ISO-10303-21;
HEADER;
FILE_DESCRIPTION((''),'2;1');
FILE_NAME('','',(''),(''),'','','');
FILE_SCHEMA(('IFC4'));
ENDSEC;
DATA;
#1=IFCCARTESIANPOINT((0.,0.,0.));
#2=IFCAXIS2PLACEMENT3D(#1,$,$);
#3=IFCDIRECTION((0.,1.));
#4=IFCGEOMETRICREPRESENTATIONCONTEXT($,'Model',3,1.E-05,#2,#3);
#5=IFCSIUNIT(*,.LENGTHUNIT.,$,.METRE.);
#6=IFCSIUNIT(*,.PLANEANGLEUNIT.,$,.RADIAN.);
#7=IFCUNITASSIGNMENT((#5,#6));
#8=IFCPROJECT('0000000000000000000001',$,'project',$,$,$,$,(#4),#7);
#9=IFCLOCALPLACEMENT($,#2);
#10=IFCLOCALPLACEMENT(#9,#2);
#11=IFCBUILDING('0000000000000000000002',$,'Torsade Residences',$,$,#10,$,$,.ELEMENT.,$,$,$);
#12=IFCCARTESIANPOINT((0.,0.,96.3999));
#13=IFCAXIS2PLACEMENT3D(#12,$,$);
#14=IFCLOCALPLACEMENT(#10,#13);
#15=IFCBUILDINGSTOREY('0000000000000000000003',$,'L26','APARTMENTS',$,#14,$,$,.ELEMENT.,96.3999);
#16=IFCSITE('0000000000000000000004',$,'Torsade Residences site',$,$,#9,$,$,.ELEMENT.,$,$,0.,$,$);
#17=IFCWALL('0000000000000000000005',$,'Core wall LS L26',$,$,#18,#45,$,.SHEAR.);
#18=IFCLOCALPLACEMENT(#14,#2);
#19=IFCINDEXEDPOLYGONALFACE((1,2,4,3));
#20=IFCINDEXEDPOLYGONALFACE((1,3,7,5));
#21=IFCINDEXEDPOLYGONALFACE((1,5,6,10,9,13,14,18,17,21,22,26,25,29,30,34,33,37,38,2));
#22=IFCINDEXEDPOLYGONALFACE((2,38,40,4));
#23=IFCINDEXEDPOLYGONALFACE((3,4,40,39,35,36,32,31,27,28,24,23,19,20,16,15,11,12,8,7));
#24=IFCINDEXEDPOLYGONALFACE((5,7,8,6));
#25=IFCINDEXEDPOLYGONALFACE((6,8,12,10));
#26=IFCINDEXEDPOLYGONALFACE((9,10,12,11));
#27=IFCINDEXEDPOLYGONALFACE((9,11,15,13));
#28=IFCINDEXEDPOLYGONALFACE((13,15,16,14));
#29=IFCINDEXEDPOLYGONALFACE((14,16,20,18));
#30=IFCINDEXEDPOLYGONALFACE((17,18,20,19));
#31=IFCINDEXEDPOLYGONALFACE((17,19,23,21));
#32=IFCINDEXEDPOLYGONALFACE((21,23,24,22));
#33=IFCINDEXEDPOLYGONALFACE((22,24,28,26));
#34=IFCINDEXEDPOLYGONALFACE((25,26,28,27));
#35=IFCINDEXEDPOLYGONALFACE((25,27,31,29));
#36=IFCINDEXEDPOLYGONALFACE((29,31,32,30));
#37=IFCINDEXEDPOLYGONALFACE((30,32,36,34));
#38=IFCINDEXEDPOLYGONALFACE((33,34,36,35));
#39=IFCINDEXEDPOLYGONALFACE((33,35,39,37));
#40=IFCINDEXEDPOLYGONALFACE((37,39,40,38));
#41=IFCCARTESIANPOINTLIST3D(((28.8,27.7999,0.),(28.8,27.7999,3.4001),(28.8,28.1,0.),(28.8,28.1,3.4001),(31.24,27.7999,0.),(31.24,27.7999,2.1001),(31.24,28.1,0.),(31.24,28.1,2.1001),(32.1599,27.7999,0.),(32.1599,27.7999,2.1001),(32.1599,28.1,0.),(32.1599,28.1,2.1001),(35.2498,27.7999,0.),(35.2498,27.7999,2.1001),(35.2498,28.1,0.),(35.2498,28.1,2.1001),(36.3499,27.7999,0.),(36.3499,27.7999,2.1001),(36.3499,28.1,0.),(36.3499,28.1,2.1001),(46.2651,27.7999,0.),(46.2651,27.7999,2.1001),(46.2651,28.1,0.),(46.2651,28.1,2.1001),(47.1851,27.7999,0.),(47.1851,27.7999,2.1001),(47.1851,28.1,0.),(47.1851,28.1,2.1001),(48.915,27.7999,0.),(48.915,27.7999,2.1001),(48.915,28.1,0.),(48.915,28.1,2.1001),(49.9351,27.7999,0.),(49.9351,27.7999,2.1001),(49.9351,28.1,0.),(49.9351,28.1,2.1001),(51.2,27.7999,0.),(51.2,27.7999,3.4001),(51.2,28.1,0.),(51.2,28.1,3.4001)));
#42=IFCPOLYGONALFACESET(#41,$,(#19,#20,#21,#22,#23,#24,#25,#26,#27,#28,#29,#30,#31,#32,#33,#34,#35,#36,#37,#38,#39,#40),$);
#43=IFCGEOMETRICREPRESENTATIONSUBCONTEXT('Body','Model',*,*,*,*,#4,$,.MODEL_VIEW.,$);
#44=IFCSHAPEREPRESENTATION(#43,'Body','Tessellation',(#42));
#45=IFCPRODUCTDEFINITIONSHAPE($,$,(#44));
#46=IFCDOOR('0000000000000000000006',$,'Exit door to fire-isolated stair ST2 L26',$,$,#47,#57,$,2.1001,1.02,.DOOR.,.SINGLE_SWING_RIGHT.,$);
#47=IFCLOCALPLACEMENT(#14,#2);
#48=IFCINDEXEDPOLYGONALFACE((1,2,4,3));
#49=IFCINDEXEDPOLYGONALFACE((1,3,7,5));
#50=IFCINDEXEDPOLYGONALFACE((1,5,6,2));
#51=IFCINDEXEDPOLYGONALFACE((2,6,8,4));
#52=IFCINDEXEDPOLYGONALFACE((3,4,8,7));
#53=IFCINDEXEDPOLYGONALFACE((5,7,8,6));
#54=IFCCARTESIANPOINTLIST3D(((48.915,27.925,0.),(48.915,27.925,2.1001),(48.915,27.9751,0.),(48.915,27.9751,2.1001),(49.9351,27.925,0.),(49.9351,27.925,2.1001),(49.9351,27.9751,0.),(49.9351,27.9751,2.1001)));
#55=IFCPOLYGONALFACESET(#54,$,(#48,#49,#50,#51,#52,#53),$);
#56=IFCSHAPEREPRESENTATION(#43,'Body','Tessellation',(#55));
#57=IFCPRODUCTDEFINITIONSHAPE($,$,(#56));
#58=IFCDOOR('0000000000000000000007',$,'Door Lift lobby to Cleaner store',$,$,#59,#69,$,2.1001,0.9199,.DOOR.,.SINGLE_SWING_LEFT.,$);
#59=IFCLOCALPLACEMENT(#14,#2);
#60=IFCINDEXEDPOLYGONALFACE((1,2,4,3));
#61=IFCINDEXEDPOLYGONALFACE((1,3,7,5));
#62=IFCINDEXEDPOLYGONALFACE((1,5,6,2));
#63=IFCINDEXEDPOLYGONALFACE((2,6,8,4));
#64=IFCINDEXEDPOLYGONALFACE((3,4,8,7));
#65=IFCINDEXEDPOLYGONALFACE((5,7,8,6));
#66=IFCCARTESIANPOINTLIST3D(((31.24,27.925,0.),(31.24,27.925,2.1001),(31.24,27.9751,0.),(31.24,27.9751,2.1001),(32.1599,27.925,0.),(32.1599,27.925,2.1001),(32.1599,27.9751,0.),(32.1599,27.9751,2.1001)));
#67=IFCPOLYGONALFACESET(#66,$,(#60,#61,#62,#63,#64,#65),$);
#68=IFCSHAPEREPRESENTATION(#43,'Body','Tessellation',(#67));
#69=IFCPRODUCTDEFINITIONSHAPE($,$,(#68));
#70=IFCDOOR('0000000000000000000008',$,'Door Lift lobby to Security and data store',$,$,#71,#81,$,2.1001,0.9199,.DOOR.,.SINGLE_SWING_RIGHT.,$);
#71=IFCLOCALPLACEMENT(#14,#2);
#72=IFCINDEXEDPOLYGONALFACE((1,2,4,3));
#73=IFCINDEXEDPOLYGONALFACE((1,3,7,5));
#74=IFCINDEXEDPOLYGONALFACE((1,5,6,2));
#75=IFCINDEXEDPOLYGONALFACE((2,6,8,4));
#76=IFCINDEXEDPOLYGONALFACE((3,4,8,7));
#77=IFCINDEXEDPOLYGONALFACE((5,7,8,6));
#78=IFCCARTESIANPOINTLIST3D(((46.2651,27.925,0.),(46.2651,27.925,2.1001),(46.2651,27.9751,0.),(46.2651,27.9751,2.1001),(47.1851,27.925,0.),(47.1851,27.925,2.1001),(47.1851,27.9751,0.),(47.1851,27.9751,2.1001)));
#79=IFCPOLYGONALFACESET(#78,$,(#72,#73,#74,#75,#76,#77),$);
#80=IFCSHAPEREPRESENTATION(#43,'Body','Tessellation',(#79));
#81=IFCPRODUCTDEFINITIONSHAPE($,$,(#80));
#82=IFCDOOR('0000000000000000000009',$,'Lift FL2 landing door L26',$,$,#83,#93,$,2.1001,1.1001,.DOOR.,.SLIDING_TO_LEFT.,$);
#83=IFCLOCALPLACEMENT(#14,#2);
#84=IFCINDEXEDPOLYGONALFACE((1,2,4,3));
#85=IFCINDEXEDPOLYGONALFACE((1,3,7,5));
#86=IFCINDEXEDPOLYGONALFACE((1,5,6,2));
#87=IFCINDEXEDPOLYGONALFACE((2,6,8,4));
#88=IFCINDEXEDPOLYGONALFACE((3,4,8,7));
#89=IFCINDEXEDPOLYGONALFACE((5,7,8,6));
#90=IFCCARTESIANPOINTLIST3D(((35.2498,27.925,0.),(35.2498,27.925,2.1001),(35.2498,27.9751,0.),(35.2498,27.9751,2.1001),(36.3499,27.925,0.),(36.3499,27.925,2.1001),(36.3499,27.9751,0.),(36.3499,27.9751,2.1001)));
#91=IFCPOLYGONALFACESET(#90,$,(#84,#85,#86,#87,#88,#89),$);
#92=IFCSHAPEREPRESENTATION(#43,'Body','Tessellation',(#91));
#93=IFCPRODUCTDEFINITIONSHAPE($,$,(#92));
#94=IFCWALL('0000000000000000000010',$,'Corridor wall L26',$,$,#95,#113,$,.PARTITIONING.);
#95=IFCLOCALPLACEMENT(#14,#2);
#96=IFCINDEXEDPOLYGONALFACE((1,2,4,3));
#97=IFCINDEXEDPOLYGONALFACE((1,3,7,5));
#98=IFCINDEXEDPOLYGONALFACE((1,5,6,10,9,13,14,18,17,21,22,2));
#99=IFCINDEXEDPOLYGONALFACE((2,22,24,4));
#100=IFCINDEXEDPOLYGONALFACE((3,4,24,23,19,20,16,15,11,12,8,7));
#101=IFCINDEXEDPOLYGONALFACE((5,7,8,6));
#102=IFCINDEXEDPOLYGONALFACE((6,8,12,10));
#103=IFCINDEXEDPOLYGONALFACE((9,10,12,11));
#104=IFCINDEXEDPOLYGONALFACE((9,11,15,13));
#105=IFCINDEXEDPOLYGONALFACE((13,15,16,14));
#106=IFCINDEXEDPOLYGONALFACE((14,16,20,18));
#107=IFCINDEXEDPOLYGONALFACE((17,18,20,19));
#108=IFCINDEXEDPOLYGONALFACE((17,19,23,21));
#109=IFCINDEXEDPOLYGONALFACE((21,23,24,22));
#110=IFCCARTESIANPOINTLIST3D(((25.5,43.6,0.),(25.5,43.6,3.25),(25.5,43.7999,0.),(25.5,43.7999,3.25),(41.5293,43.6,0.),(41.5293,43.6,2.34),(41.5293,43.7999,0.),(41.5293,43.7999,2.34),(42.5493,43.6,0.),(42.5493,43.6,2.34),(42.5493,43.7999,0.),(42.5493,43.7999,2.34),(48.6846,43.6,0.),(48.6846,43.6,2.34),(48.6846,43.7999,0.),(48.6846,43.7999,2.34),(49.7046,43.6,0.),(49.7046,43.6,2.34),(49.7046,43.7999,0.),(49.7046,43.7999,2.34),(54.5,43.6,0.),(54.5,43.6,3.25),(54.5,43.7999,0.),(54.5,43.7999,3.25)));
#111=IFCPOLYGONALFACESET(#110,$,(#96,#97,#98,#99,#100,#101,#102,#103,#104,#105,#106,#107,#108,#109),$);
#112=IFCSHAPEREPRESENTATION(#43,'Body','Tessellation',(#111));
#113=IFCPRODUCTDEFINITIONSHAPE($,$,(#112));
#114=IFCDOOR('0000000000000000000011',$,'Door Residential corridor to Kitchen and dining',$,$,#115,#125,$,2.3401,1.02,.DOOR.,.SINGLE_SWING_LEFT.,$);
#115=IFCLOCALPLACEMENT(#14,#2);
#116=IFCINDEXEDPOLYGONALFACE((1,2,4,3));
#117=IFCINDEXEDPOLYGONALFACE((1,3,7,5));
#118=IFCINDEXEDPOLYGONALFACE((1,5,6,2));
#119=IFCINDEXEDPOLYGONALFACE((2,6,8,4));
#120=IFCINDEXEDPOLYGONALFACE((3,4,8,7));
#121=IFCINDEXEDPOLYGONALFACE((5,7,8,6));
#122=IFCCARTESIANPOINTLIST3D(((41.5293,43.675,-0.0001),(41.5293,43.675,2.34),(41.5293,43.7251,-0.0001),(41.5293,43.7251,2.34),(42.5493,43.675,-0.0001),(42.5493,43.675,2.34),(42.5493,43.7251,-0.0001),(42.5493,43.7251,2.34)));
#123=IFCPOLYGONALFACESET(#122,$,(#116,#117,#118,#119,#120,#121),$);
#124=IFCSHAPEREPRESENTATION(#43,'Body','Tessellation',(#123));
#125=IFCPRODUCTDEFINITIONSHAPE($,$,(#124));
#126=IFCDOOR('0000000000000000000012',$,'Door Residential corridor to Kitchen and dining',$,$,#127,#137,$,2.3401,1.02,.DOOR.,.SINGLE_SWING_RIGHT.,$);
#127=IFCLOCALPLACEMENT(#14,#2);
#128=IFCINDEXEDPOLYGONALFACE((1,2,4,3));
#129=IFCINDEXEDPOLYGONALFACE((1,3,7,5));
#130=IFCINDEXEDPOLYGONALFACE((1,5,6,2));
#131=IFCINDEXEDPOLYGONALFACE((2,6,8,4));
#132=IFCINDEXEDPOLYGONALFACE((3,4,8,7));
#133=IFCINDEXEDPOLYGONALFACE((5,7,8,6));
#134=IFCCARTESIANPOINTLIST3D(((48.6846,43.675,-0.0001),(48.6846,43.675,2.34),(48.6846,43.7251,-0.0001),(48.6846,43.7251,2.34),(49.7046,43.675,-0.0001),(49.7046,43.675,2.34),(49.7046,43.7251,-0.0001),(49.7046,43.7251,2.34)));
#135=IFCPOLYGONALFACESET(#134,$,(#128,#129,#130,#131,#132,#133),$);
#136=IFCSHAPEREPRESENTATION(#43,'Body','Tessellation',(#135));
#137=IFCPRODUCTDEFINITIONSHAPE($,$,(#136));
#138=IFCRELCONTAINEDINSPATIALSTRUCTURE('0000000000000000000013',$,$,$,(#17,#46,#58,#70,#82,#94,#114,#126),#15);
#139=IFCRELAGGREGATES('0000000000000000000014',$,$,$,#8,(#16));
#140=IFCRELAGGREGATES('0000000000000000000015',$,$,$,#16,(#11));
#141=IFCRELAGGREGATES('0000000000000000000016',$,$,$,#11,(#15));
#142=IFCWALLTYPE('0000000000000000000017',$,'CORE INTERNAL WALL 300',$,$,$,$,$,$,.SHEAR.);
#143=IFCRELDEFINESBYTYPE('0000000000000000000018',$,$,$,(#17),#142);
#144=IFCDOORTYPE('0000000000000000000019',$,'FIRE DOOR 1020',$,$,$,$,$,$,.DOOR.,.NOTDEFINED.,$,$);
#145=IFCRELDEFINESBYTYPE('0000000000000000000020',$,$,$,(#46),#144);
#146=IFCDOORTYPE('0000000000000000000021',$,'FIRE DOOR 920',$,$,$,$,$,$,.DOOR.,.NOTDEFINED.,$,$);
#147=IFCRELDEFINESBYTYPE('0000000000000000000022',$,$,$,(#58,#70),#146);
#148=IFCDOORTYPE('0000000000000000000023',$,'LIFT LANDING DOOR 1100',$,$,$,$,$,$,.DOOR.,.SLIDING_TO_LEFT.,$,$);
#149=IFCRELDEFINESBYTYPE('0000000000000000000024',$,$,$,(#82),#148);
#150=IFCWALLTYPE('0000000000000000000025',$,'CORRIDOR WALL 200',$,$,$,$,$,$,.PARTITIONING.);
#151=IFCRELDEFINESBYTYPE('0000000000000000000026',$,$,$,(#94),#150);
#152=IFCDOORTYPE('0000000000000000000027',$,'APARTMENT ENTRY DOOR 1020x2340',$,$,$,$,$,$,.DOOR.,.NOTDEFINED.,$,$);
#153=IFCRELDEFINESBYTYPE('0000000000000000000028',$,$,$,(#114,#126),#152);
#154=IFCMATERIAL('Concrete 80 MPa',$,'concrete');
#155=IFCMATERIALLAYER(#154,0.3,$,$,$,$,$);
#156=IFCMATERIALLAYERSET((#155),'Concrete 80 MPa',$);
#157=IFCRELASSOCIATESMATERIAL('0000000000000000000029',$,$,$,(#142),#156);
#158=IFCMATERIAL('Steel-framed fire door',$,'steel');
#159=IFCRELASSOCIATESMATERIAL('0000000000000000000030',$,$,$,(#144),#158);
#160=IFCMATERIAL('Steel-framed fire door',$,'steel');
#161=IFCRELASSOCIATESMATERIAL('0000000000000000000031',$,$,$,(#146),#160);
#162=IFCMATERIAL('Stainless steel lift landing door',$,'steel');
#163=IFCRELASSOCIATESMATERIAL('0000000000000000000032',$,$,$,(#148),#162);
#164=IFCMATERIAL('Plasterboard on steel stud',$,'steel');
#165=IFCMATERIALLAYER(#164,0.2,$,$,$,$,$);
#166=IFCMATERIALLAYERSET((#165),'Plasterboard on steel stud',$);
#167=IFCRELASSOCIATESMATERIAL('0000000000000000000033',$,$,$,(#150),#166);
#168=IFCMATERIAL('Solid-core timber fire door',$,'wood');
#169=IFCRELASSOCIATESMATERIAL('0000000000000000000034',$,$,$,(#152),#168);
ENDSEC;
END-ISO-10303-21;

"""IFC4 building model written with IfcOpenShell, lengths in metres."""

from ifc_helpers import new_model, si_unit, direction, frame, frame_2d, origin, place, context, subcontext, project, spatial, rectangle, extrude, material, layer, layer_set, type_object, element, fill, save


model = new_model("IFC4")

# Units and contexts
model_context = context("Model", 3, precision=1e-05, world=origin(), true_north=direction((0.0, 1.0)))
body_context = subcontext(model_context, "Body", "Model", "MODEL_VIEW")
ifc_project = project(units=[si_unit("LENGTHUNIT", "METRE"), si_unit("PLANEANGLEUNIT", "RADIAN")], contexts=[model_context])

# Site, building, storey
site_placement = place(None, origin())
site = spatial("IfcSite", under=ifc_project, at=site_placement, Name="Torsade Residences site", CompositionType="ELEMENT", RefElevation=0.0)
building_placement = place(site_placement, origin())
building = spatial("IfcBuilding", under=site, at=building_placement, Name="Torsade Residences", CompositionType="ELEMENT")
storey_placement = place(building_placement, frame((0.0, 0.0, 96.3999)))
storey = spatial("IfcBuildingStorey", under=building, at=storey_placement, Name="L26", Description="APARTMENTS", CompositionType="ELEMENT", Elevation=96.3999)

# Walls, openings, doors
ifc_material_1 = material(Name="Concrete 80 MPa", Category="concrete")
ifc_layer_1 = layer(ifc_material_1, 0.3)
ifc_layer_set_1 = layer_set([ifc_layer_1], Name="Concrete 80 MPa")
wall_type_1 = type_object("IfcWallType", Name="CORE INTERNAL WALL 300", PredefinedType="SHEAR", material=ifc_layer_set_1)
wall_1_placement = place(storey_placement, frame((51.2, 27.95, 0.0), z_axis=(0.0, 0.0, 1.0), x_axis=(-1.0, 0.0, 0.0)))
wall_1 = element("IfcWall", 1, at=wall_1_placement, inside=storey, type_object=wall_type_1, Name="Core wall LS L26", PredefinedType="SHEAR", context=body_context, shape_type="SweptSolid", body=[
    extrude(rectangle(XDim=22.3999, YDim=0.3, at=frame_2d((11.2, 0.0))), origin(), (0.0, 0.0, 1.0), 3.4001),
])
opening_1_placement = place(wall_1_placement, frame((19.04, 0.0, 0.0)))
opening_1 = element("IfcOpeningElement", 2, at=opening_1_placement, cuts=wall_1, PredefinedType="OPENING", context=body_context, shape_type="SweptSolid", body=[
    extrude(rectangle(XDim=0.9199, YDim=2.1001, at=frame_2d((0.46, 1.05))), frame((0.0, 0.1599, 0.0), z_axis=(0.0, -1.0, 0.0), x_axis=(1.0, 0.0, 0.0)), (0.0, 0.0, 1.0), 0.3201),
])
opening_2_placement = place(wall_1_placement, frame((1.2649, 0.0, 0.0)))
opening_2 = element("IfcOpeningElement", 3, at=opening_2_placement, cuts=wall_1, PredefinedType="OPENING", context=body_context, shape_type="SweptSolid", body=[
    extrude(rectangle(XDim=1.02, YDim=2.1001, at=frame_2d((0.51, 1.05))), frame((0.0, 0.1599, 0.0), z_axis=(0.0, -1.0, 0.0), x_axis=(1.0, 0.0, 0.0)), (0.0, 0.0, 1.0), 0.3201),
])
opening_3_placement = place(wall_1_placement, frame((4.0149, 0.0, 0.0)))
opening_3 = element("IfcOpeningElement", 4, at=opening_3_placement, cuts=wall_1, PredefinedType="OPENING", context=body_context, shape_type="SweptSolid", body=[
    extrude(rectangle(XDim=0.9199, YDim=2.1001, at=frame_2d((0.46, 1.05))), frame((0.0, 0.1599, 0.0), z_axis=(0.0, -1.0, 0.0), x_axis=(1.0, 0.0, 0.0)), (0.0, 0.0, 1.0), 0.3201),
])
opening_4_placement = place(wall_1_placement, frame((14.8501, 0.0, 0.0)))
opening_4 = element("IfcOpeningElement", 5, at=opening_4_placement, cuts=wall_1, PredefinedType="OPENING", context=body_context, shape_type="SweptSolid", body=[
    extrude(rectangle(XDim=1.1001, YDim=2.1001, at=frame_2d((0.55, 1.05))), frame((0.0, 0.1599, 0.0), z_axis=(0.0, -1.0, 0.0), x_axis=(1.0, 0.0, 0.0)), (0.0, 0.0, 1.0), 0.3201),
])
ifc_material_2 = material(Name="Steel-framed fire door", Category="steel")
door_type_1 = type_object("IfcDoorType", Name="FIRE DOOR 1020", OperationType="NOTDEFINED", PredefinedType="DOOR", material=ifc_material_2)
door_1_placement = place(opening_2_placement, origin())
door_1 = element("IfcDoor", 6, at=door_1_placement, inside=storey, type_object=door_type_1, Name="Exit door to fire-isolated stair ST2 L26", OperationType="SINGLE_SWING_RIGHT", OverallHeight=2.1001, OverallWidth=1.02, PredefinedType="DOOR", context=body_context, shape_type="SweptSolid", body=[
    extrude(rectangle(XDim=1.02, YDim=2.1001, at=frame_2d((0.51, 1.05))), frame((0.0, 0.0249, 0.0), z_axis=(0.0, -1.0, 0.0), x_axis=(1.0, 0.0, 0.0)), (0.0, 0.0, 1.0), 0.05),
])
fill(opening_2, door_1)
ifc_material_3 = material(Name="Steel-framed fire door", Category="steel")
door_type_2 = type_object("IfcDoorType", Name="FIRE DOOR 920", OperationType="NOTDEFINED", PredefinedType="DOOR", material=ifc_material_3)
door_2_placement = place(opening_1_placement, origin())
door_2 = element("IfcDoor", 7, at=door_2_placement, inside=storey, type_object=door_type_2, Name="Door Lift lobby to Cleaner store", OperationType="SINGLE_SWING_LEFT", OverallHeight=2.1001, OverallWidth=0.9199, PredefinedType="DOOR", context=body_context, shape_type="SweptSolid", body=[
    extrude(rectangle(XDim=0.9199, YDim=2.1001, at=frame_2d((0.46, 1.05))), frame((0.0, 0.0249, 0.0), z_axis=(0.0, -1.0, 0.0), x_axis=(1.0, 0.0, 0.0)), (0.0, 0.0, 1.0), 0.05),
])
fill(opening_1, door_2)
door_3_placement = place(opening_3_placement, origin())
door_3 = element("IfcDoor", 8, at=door_3_placement, inside=storey, type_object=door_type_2, Name="Door Lift lobby to Security and data store", OperationType="SINGLE_SWING_RIGHT", OverallHeight=2.1001, OverallWidth=0.9199, PredefinedType="DOOR", context=body_context, shape_type="SweptSolid", body=[
    extrude(rectangle(XDim=0.9199, YDim=2.1001, at=frame_2d((0.46, 1.05))), frame((0.0, 0.0249, 0.0), z_axis=(0.0, -1.0, 0.0), x_axis=(1.0, 0.0, 0.0)), (0.0, 0.0, 1.0), 0.05),
])
fill(opening_3, door_3)
ifc_material_4 = material(Name="Stainless steel lift landing door", Category="steel")
door_type_3 = type_object("IfcDoorType", Name="LIFT LANDING DOOR 1100", OperationType="SLIDING_TO_LEFT", PredefinedType="DOOR", material=ifc_material_4)
door_4_placement = place(opening_4_placement, origin())
door_4 = element("IfcDoor", 9, at=door_4_placement, inside=storey, type_object=door_type_3, Name="Lift FL2 landing door L26", OperationType="SLIDING_TO_LEFT", OverallHeight=2.1001, OverallWidth=1.1001, PredefinedType="DOOR", context=body_context, shape_type="SweptSolid", body=[
    extrude(rectangle(XDim=1.1001, YDim=2.1001, at=frame_2d((0.55, 1.05))), frame((0.0, 0.0249, 0.0), z_axis=(0.0, -1.0, 0.0), x_axis=(1.0, 0.0, 0.0)), (0.0, 0.0, 1.0), 0.05),
])
fill(opening_4, door_4)
ifc_material_5 = material(Name="Plasterboard on steel stud", Category="steel")
ifc_layer_2 = layer(ifc_material_5, 0.2)
ifc_layer_set_2 = layer_set([ifc_layer_2], Name="Plasterboard on steel stud")
wall_type_2 = type_object("IfcWallType", Name="CORRIDOR WALL 200", PredefinedType="PARTITIONING", material=ifc_layer_set_2)
wall_2_placement = place(storey_placement, frame((54.5, 43.7, 0.0), z_axis=(0.0, 0.0, 1.0), x_axis=(-1.0, 0.0, 0.0)))
wall_2 = element("IfcWall", 10, at=wall_2_placement, inside=storey, type_object=wall_type_2, Name="Corridor wall L26", PredefinedType="PARTITIONING", context=body_context, shape_type="SweptSolid", body=[
    extrude(rectangle(XDim=29.0, YDim=0.2, at=frame_2d((14.5, 0.0))), origin(), (0.0, 0.0, 1.0), 3.25),
])
opening_5_placement = place(wall_2_placement, frame((11.9507, 0.0, 0.0)))
opening_5 = element("IfcOpeningElement", 11, at=opening_5_placement, cuts=wall_2, PredefinedType="OPENING", context=body_context, shape_type="SweptSolid", body=[
    extrude(rectangle(XDim=1.02, YDim=2.3401, at=frame_2d((0.51, 1.1699))), frame((0.0, 0.1099, 0.0), z_axis=(0.0, -1.0, 0.0), x_axis=(1.0, 0.0, 0.0)), (0.0, 0.0, 1.0), 0.22),
])
opening_6_placement = place(wall_2_placement, frame((4.7954, 0.0, 0.0)))
opening_6 = element("IfcOpeningElement", 12, at=opening_6_placement, cuts=wall_2, PredefinedType="OPENING", context=body_context, shape_type="SweptSolid", body=[
    extrude(rectangle(XDim=1.02, YDim=2.3401, at=frame_2d((0.51, 1.1699))), frame((0.0, 0.1099, 0.0), z_axis=(0.0, -1.0, 0.0), x_axis=(1.0, 0.0, 0.0)), (0.0, 0.0, 1.0), 0.22),
])
ifc_material_6 = material(Name="Solid-core timber fire door", Category="wood")
door_type_4 = type_object("IfcDoorType", Name="APARTMENT ENTRY DOOR 1020x2340", OperationType="NOTDEFINED", PredefinedType="DOOR", material=ifc_material_6)
door_5_placement = place(opening_5_placement, origin())
door_5 = element("IfcDoor", 13, at=door_5_placement, inside=storey, type_object=door_type_4, Name="Door Residential corridor to Kitchen and dining", OperationType="SINGLE_SWING_LEFT", OverallHeight=2.3401, OverallWidth=1.02, PredefinedType="DOOR", context=body_context, shape_type="SweptSolid", body=[
    extrude(rectangle(XDim=1.02, YDim=2.3401, at=frame_2d((0.51, 1.1699))), frame((0.0, 0.0249, 0.0), z_axis=(0.0, -1.0, 0.0), x_axis=(1.0, 0.0, 0.0)), (0.0, 0.0, 1.0), 0.05),
])
fill(opening_5, door_5)
door_6_placement = place(opening_6_placement, origin())
door_6 = element("IfcDoor", 14, at=door_6_placement, inside=storey, type_object=door_type_4, Name="Door Residential corridor to Kitchen and dining", OperationType="SINGLE_SWING_RIGHT", OverallHeight=2.3401, OverallWidth=1.02, PredefinedType="DOOR", context=body_context, shape_type="SweptSolid", body=[
    extrude(rectangle(XDim=1.02, YDim=2.3401, at=frame_2d((0.51, 1.1699))), frame((0.0, 0.0249, 0.0), z_axis=(0.0, -1.0, 0.0), x_axis=(1.0, 0.0, 0.0)), (0.0, 0.0, 1.0), 0.05),
])
fill(opening_6, door_6)

save(model, "model.ifc")
